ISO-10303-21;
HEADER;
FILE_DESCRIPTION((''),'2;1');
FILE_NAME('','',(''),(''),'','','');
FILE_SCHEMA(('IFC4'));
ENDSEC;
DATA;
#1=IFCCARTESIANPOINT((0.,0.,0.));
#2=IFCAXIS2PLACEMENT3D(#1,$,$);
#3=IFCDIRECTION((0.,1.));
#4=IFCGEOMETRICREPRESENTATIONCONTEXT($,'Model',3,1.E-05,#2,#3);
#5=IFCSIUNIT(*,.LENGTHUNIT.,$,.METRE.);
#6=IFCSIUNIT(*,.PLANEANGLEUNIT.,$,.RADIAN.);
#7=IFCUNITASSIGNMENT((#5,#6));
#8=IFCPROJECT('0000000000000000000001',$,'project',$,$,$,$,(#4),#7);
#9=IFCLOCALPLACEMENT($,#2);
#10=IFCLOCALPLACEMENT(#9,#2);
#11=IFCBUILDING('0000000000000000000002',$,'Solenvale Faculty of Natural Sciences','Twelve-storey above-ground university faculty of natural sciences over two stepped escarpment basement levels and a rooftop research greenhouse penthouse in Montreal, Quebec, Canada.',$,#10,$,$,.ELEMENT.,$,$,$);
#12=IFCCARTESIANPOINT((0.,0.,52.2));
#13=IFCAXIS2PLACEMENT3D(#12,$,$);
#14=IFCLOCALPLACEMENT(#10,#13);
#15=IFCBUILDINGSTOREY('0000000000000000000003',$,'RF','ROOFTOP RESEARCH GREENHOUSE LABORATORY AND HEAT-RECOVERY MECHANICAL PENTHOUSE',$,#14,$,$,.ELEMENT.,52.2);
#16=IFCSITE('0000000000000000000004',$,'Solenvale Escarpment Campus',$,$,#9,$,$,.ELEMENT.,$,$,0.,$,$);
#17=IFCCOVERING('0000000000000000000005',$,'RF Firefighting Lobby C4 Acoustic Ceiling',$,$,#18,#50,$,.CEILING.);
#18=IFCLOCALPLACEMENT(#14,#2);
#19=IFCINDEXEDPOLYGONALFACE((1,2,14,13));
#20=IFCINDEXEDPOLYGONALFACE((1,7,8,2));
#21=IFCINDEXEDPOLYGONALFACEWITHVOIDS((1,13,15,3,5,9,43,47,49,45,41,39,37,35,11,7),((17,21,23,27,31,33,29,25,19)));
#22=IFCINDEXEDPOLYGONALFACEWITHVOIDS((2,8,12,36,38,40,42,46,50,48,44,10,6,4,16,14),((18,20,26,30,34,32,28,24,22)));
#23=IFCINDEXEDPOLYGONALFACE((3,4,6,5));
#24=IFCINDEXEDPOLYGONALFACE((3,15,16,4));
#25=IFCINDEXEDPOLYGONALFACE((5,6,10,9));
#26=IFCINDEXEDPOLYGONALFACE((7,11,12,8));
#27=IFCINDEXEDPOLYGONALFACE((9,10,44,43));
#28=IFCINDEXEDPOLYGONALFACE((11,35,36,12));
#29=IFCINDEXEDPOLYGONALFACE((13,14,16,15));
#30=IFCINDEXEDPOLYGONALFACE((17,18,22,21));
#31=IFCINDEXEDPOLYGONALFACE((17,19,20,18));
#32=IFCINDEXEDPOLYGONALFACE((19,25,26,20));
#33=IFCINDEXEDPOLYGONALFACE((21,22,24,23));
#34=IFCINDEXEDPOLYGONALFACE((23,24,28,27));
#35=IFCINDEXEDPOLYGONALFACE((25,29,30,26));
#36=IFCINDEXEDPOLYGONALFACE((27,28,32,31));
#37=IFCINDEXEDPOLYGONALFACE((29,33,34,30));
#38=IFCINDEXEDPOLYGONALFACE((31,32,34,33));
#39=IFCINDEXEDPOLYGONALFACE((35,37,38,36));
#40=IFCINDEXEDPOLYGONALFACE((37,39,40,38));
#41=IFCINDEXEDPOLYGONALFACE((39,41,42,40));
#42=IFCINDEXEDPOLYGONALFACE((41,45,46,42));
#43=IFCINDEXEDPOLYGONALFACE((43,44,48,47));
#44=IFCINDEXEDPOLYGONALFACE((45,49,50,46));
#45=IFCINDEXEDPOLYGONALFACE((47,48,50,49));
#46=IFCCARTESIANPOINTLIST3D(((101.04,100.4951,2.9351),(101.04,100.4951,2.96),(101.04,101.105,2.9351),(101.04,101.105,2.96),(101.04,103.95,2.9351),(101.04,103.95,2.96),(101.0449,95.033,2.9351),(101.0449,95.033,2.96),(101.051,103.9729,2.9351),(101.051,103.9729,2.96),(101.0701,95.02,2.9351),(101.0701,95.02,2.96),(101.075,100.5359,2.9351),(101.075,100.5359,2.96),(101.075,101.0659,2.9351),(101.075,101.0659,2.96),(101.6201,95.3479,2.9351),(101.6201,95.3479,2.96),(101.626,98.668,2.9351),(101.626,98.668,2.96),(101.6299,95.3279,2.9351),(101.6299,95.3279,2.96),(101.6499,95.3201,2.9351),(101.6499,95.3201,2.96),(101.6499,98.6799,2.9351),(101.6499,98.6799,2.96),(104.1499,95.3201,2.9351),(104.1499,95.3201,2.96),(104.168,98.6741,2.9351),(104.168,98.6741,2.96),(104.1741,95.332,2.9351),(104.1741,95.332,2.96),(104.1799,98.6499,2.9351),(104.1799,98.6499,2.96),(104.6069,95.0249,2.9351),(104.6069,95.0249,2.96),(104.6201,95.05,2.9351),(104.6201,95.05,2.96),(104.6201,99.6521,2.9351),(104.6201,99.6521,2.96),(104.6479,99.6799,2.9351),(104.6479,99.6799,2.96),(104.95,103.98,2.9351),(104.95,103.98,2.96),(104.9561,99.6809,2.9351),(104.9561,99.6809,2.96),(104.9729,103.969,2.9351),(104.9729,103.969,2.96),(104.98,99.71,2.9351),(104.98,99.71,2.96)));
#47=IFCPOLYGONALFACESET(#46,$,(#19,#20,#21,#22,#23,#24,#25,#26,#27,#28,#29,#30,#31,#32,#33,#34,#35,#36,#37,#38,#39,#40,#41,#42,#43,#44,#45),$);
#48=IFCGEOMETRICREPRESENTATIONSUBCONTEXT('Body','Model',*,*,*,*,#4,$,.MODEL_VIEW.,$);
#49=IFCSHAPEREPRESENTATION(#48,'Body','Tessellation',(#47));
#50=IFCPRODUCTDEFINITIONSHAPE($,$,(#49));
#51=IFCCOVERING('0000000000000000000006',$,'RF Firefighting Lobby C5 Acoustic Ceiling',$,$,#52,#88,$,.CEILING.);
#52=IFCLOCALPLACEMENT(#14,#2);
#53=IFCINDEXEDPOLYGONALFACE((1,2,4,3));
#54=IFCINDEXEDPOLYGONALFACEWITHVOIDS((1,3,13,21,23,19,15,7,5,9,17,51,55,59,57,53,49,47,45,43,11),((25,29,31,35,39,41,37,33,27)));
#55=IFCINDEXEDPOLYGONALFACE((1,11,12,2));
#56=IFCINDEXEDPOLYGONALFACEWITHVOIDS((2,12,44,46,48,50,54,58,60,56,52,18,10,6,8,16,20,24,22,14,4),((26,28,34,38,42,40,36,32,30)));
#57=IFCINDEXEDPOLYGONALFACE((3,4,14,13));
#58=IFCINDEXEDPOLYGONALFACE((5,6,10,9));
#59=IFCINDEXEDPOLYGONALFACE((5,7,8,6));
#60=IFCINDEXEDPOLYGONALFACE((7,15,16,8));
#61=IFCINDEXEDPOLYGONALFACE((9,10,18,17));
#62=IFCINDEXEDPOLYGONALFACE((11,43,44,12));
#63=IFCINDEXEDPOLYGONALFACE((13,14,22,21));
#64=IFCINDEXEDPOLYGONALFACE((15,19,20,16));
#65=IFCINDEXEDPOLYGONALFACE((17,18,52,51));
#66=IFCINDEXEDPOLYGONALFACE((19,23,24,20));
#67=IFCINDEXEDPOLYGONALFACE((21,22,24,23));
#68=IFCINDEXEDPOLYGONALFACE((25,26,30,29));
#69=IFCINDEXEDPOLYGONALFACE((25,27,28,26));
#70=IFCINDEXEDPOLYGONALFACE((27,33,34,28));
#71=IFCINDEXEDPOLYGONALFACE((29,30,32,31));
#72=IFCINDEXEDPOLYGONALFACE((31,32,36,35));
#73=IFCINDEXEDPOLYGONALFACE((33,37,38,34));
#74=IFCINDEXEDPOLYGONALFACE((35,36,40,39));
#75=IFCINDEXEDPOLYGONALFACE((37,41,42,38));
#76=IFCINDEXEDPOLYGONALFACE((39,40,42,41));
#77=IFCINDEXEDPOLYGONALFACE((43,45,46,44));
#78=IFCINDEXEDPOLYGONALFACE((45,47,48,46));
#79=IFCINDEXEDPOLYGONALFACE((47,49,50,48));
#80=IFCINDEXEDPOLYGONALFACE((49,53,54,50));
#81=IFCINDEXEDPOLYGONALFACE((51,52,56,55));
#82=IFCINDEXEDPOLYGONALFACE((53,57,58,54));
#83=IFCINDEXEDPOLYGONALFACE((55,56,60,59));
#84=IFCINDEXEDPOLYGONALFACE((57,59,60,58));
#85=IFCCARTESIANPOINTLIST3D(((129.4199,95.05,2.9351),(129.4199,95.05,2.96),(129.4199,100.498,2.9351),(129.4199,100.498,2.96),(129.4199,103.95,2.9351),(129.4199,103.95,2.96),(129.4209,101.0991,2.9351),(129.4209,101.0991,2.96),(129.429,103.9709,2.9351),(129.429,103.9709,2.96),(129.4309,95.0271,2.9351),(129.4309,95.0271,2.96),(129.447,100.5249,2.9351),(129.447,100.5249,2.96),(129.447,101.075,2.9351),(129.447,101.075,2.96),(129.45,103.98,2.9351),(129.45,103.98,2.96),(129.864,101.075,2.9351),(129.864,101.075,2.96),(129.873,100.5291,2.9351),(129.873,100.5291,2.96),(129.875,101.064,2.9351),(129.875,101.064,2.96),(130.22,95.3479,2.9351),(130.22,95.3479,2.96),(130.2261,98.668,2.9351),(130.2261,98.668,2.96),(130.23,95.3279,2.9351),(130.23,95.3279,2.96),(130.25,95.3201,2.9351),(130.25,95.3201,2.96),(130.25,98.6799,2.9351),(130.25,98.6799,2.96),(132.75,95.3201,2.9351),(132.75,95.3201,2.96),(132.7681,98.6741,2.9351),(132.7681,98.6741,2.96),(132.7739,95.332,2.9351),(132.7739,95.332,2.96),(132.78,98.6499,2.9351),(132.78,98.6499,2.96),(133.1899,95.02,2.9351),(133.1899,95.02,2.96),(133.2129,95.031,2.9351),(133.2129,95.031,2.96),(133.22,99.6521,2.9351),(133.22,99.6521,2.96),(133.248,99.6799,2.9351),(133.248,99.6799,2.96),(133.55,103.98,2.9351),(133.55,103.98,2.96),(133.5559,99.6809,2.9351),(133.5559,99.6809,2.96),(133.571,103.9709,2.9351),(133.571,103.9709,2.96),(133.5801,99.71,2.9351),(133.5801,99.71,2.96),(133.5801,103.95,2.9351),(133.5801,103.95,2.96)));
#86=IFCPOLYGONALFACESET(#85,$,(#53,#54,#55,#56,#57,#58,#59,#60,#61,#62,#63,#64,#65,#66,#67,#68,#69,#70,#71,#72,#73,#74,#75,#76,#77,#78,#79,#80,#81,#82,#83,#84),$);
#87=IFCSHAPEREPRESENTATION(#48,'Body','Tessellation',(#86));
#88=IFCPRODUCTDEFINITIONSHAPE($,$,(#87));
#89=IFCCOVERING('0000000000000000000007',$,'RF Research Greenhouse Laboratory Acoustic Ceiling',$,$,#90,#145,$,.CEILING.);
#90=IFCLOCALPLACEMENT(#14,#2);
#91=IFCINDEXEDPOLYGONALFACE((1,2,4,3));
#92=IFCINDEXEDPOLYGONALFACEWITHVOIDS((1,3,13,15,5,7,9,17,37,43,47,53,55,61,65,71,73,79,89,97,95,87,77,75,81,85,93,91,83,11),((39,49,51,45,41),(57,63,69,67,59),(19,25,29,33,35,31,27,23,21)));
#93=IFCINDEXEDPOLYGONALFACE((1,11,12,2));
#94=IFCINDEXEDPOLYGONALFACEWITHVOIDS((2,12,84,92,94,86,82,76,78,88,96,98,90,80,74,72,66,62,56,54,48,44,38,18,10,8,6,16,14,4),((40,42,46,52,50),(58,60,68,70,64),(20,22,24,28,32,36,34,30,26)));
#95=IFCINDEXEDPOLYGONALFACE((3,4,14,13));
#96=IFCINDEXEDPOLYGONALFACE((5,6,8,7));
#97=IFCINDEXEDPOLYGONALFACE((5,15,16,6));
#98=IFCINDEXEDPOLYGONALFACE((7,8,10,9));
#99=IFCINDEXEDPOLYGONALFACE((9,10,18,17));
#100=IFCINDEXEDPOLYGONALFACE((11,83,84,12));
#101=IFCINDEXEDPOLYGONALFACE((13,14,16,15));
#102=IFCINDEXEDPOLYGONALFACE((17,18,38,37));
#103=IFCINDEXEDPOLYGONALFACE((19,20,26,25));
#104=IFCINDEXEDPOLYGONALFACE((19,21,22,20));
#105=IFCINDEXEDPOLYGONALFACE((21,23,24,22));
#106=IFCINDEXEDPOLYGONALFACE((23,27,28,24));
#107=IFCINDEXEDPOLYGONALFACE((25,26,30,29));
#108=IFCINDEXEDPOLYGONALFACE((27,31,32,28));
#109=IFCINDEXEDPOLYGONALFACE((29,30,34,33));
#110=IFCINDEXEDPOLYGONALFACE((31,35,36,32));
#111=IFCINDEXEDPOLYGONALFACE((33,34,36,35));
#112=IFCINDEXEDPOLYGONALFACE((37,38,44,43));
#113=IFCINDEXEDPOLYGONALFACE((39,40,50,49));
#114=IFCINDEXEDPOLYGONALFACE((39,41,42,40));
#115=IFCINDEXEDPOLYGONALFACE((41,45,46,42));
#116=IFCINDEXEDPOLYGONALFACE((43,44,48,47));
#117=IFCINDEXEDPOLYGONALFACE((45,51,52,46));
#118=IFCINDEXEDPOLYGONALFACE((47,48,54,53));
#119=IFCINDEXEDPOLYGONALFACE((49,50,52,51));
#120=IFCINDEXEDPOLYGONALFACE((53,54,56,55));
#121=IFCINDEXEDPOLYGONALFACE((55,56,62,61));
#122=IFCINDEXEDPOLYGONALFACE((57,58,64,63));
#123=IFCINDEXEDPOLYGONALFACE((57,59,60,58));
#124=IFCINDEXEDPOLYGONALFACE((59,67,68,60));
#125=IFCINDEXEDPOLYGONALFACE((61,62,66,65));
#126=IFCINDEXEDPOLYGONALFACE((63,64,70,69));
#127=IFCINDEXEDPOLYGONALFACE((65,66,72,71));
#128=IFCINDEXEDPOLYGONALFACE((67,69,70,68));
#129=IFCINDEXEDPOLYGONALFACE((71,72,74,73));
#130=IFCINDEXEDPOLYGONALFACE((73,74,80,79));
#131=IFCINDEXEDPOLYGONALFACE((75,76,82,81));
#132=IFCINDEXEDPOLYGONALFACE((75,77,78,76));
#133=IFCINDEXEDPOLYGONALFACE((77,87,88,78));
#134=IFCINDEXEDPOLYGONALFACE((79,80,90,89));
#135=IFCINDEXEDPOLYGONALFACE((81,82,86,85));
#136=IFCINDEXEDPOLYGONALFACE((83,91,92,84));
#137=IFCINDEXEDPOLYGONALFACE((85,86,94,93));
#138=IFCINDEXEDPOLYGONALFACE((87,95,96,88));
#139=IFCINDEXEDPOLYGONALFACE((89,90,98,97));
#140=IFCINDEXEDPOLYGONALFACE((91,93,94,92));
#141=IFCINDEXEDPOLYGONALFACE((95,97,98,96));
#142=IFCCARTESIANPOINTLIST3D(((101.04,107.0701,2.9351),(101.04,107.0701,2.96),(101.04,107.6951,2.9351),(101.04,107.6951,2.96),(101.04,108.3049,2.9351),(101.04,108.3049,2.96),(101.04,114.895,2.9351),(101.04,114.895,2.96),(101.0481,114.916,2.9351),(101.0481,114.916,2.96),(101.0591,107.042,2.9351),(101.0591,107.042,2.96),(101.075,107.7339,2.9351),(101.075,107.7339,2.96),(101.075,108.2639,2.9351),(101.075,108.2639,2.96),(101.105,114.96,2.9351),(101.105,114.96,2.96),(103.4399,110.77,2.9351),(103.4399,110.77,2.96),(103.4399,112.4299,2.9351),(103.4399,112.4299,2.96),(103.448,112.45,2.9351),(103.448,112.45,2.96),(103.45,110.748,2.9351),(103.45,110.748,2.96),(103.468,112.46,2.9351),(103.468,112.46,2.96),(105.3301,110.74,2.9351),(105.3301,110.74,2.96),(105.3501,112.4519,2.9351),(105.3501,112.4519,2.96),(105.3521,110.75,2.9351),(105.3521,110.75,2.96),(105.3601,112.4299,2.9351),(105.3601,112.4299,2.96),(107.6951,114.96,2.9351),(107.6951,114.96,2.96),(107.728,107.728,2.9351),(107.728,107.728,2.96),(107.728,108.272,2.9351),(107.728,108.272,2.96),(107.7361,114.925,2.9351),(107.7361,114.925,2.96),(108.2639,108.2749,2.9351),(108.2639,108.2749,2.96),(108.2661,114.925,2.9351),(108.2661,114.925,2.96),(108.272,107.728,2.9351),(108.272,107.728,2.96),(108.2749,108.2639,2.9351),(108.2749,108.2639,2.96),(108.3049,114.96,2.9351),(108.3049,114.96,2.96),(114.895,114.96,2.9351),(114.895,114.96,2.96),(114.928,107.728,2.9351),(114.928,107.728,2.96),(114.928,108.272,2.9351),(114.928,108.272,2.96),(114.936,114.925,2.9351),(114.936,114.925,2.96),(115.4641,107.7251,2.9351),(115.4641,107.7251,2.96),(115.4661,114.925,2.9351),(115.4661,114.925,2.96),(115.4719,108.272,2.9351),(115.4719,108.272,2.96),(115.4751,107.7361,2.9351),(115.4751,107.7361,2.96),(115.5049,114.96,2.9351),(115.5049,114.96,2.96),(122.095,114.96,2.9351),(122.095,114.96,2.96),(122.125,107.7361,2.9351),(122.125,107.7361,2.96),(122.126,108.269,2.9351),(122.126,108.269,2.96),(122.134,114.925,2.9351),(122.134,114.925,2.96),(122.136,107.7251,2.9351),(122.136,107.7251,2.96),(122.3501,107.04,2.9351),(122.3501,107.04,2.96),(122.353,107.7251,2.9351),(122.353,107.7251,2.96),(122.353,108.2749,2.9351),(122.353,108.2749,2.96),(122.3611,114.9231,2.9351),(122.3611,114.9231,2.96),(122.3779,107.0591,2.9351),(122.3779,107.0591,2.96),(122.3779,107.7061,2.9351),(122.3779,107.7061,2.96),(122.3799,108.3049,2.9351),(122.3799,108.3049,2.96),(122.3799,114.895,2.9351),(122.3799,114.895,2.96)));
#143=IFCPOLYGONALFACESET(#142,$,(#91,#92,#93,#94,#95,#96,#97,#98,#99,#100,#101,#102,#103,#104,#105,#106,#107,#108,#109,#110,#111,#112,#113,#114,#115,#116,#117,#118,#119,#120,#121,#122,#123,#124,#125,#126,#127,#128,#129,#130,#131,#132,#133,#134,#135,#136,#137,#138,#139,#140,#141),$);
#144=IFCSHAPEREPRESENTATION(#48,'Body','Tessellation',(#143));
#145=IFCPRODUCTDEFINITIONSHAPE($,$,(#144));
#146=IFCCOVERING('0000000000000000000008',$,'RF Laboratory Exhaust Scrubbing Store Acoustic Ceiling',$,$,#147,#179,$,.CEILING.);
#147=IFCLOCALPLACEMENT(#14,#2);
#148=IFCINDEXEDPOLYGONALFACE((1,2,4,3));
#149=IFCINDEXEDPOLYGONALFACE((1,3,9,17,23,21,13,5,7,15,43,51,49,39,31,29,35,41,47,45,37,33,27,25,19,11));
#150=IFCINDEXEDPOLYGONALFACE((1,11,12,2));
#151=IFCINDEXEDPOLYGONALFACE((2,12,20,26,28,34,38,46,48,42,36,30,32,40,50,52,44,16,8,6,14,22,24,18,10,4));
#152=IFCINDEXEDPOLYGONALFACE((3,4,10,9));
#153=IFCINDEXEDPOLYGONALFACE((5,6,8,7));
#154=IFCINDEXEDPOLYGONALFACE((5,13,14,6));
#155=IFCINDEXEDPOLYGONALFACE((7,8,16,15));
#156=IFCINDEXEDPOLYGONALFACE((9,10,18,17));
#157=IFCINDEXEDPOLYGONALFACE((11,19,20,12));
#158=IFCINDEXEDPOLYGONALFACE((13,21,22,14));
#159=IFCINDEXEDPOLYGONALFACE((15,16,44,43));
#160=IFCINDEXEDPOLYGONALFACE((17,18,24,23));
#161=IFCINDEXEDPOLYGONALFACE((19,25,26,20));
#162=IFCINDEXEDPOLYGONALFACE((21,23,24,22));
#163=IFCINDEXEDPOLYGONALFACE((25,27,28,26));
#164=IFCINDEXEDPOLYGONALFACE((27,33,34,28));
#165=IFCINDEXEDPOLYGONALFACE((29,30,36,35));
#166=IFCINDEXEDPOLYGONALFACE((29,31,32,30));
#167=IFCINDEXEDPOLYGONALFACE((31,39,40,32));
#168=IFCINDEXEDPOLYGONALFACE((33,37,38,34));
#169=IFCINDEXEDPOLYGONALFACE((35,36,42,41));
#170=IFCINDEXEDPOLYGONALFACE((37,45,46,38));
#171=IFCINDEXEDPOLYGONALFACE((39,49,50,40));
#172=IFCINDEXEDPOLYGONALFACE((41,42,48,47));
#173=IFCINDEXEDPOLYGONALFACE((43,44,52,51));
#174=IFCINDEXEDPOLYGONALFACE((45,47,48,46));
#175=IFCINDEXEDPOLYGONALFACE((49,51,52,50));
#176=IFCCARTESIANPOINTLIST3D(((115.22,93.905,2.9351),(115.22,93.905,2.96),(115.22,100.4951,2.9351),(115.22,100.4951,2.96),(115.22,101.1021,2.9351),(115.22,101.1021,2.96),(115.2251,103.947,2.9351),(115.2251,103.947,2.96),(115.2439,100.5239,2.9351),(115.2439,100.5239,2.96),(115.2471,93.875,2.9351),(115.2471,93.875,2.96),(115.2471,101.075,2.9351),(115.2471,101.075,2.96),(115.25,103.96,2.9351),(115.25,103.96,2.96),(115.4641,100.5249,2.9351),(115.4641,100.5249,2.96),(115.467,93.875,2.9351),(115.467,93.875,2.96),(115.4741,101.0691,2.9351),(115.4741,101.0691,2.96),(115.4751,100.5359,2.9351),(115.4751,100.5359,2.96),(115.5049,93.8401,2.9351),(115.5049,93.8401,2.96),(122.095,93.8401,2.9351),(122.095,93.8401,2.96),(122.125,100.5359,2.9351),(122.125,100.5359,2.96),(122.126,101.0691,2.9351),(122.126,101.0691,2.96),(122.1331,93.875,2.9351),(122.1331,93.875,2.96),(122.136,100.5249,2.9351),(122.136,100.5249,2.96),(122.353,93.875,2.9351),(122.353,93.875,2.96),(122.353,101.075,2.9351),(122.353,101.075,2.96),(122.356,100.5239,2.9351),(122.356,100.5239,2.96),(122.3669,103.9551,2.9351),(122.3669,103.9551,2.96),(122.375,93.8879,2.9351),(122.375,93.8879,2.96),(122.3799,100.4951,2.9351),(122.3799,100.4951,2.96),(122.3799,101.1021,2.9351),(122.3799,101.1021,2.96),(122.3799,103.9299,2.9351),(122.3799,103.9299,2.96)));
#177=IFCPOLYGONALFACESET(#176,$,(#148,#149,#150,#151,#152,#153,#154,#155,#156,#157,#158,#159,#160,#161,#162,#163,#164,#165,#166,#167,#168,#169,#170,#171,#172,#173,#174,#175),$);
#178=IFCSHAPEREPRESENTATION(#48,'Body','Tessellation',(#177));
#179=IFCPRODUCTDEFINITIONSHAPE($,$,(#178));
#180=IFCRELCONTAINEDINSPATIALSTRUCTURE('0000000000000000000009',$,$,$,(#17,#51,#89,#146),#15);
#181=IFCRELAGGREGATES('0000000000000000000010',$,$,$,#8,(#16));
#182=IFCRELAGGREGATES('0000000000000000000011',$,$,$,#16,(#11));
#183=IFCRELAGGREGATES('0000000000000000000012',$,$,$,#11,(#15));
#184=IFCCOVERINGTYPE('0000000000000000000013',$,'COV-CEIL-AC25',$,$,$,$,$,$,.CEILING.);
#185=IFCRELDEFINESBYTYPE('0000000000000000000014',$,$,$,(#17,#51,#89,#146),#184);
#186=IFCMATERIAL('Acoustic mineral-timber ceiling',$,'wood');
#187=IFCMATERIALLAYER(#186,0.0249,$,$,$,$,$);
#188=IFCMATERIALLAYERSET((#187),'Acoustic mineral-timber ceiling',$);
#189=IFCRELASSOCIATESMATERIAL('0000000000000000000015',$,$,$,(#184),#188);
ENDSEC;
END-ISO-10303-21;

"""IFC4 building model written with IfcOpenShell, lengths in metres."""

from ifc_helpers import new_model, si_unit, direction, frame, origin, place, context, subcontext, project, spatial, polyline, outline, extrude, material, layer, layer_set, type_object, element, save


model = new_model("IFC4")

# Units and contexts
model_context = context("Model", 3, precision=1e-05, world=origin(), true_north=direction((0.0, 1.0)))
body_context = subcontext(model_context, "Body", "Model", "MODEL_VIEW")
ifc_project = project(units=[si_unit("LENGTHUNIT", "METRE"), si_unit("PLANEANGLEUNIT", "RADIAN")], contexts=[model_context])

# Site, building, storey
site_placement = place(None, origin())
site = spatial("IfcSite", under=ifc_project, at=site_placement, Name="Solenvale Escarpment Campus", CompositionType="ELEMENT", RefElevation=0.0)
building_placement = place(site_placement, origin())
building = spatial("IfcBuilding", under=site, at=building_placement, Name="Solenvale Faculty of Natural Sciences", Description="Twelve-storey above-ground university faculty of natural sciences over two stepped escarpment basement levels and a rooftop research greenhouse penthouse in Montreal, Quebec, Canada.", CompositionType="ELEMENT")
storey_placement = place(building_placement, frame((0.0, 0.0, 52.2)))
storey = spatial("IfcBuildingStorey", under=building, at=storey_placement, Name="RF", Description="ROOFTOP RESEARCH GREENHOUSE LABORATORY AND HEAT-RECOVERY MECHANICAL PENTHOUSE", CompositionType="ELEMENT", Elevation=52.2)

# Coverings
ifc_material_1 = material(Name="Acoustic mineral-timber ceiling", Category="wood")
ifc_layer_1 = layer(ifc_material_1, 0.0249)
ifc_layer_set_1 = layer_set([ifc_layer_1], Name="Acoustic mineral-timber ceiling")
covering_type_1 = type_object("IfcCoveringType", Name="COV-CEIL-AC25", PredefinedType="CEILING", material=ifc_layer_set_1)
covering_1_placement = place(storey_placement, frame((0.0, 0.0, 2.9351)))
element("IfcCovering", 1, at=covering_1_placement, inside=storey, type_object=covering_type_1, Name="RF Firefighting Lobby C4 Acoustic Ceiling", PredefinedType="CEILING", context=body_context, shape_type="SweptSolid", body=[
    extrude(outline(polyline([(101.04, 100.4951), (101.075, 100.5359), (101.075, 101.0659), (101.04, 101.105), (101.04, 103.95), (101.051, 103.9729), (104.95, 103.98), (104.9729, 103.969), (104.98, 99.71), (104.9561, 99.6809), (104.6479, 99.6799), (104.6201, 99.6521), (104.6201, 95.05), (104.6069, 95.0249), (101.0701, 95.02), (101.0449, 95.033), (101.04, 100.4951)]), holes=[polyline([(101.6201, 95.3479), (101.6299, 95.3279), (101.6499, 95.3201), (104.1499, 95.3201), (104.1741, 95.332), (104.1799, 98.6499), (104.168, 98.6741), (101.6499, 98.6799), (101.626, 98.668), (101.6201, 95.3479)])]), origin(), (0.0, 0.0, 1.0), 0.0249),
])
covering_2_placement = place(storey_placement, frame((0.0, 0.0, 2.9351)))
element("IfcCovering", 2, at=covering_2_placement, inside=storey, type_object=covering_type_1, Name="RF Firefighting Lobby C5 Acoustic Ceiling", PredefinedType="CEILING", context=body_context, shape_type="SweptSolid", body=[
    extrude(outline(polyline([(133.5801, 99.71), (133.5559, 99.6809), (133.248, 99.6799), (133.22, 99.6521), (133.2129, 95.031), (133.1899, 95.02), (129.4309, 95.0271), (129.4199, 95.05), (129.4199, 100.498), (129.447, 100.5249), (129.873, 100.5291), (129.875, 101.064), (129.864, 101.075), (129.447, 101.075), (129.4209, 101.0991), (129.4199, 103.95), (129.429, 103.9709), (129.45, 103.98), (133.55, 103.98), (133.571, 103.9709), (133.5801, 103.95), (133.5801, 99.71)]), holes=[polyline([(130.22, 95.3479), (130.23, 95.3279), (130.25, 95.3201), (132.75, 95.3201), (132.7739, 95.332), (132.78, 98.6499), (132.7681, 98.6741), (130.25, 98.6799), (130.2261, 98.668), (130.22, 95.3479)])]), origin(), (0.0, 0.0, 1.0), 0.0249),
])
covering_3_placement = place(storey_placement, frame((0.0, 0.0, 2.9351)))
element("IfcCovering", 3, at=covering_3_placement, inside=storey, type_object=covering_type_1, Name="RF Research Greenhouse Laboratory Acoustic Ceiling", PredefinedType="CEILING", context=body_context, shape_type="SweptSolid", body=[
    extrude(outline(polyline([(101.04, 114.895), (101.0481, 114.916), (101.105, 114.96), (107.6951, 114.96), (107.7361, 114.925), (108.2661, 114.925), (108.3049, 114.96), (114.895, 114.96), (114.936, 114.925), (115.4661, 114.925), (115.5049, 114.96), (122.095, 114.96), (122.134, 114.925), (122.3611, 114.9231), (122.3799, 114.895), (122.3799, 108.3049), (122.353, 108.2749), (122.126, 108.269), (122.125, 107.7361), (122.136, 107.7251), (122.353, 107.7251), (122.3779, 107.7061), (122.3779, 107.0591), (122.3501, 107.04), (101.0591, 107.042), (101.04, 107.0701), (101.04, 107.6951), (101.075, 107.7339), (101.075, 108.2639), (101.04, 108.3049), (101.04, 114.895)]), holes=[polyline([(115.4641, 107.7251), (115.4751, 107.7361), (115.4719, 108.272), (114.928, 108.272), (114.928, 107.728), (115.4641, 107.7251)]), polyline([(108.2749, 108.2639), (108.2639, 108.2749), (107.728, 108.272), (107.728, 107.728), (108.272, 107.728), (108.2749, 108.2639)]), polyline([(103.468, 112.46), (103.448, 112.45), (103.4399, 112.4299), (103.4399, 110.77), (103.45, 110.748), (105.3301, 110.74), (105.3521, 110.75), (105.3601, 112.4299), (105.3501, 112.4519), (103.468, 112.46)])]), origin(), (0.0, 0.0, 1.0), 0.0249),
])
covering_4_placement = place(storey_placement, frame((0.0, 0.0, 2.9351)))
element("IfcCovering", 4, at=covering_4_placement, inside=storey, type_object=covering_type_1, Name="RF Laboratory Exhaust Scrubbing Store Acoustic Ceiling", PredefinedType="CEILING", context=body_context, shape_type="SweptSolid", body=[
    extrude(outline(polyline([(115.5049, 93.8401), (115.467, 93.875), (115.2471, 93.875), (115.22, 93.905), (115.22, 100.4951), (115.2439, 100.5239), (115.4641, 100.5249), (115.4751, 100.5359), (115.4741, 101.0691), (115.2471, 101.075), (115.22, 101.1021), (115.2251, 103.947), (115.25, 103.96), (122.3669, 103.9551), (122.3799, 103.9299), (122.3799, 101.1021), (122.353, 101.075), (122.126, 101.0691), (122.125, 100.5359), (122.136, 100.5249), (122.356, 100.5239), (122.3799, 100.4951), (122.375, 93.8879), (122.353, 93.875), (122.1331, 93.875), (122.095, 93.8401), (115.5049, 93.8401)])), origin(), (0.0, 0.0, 1.0), 0.0249),
])

save(model, "model.ifc")
